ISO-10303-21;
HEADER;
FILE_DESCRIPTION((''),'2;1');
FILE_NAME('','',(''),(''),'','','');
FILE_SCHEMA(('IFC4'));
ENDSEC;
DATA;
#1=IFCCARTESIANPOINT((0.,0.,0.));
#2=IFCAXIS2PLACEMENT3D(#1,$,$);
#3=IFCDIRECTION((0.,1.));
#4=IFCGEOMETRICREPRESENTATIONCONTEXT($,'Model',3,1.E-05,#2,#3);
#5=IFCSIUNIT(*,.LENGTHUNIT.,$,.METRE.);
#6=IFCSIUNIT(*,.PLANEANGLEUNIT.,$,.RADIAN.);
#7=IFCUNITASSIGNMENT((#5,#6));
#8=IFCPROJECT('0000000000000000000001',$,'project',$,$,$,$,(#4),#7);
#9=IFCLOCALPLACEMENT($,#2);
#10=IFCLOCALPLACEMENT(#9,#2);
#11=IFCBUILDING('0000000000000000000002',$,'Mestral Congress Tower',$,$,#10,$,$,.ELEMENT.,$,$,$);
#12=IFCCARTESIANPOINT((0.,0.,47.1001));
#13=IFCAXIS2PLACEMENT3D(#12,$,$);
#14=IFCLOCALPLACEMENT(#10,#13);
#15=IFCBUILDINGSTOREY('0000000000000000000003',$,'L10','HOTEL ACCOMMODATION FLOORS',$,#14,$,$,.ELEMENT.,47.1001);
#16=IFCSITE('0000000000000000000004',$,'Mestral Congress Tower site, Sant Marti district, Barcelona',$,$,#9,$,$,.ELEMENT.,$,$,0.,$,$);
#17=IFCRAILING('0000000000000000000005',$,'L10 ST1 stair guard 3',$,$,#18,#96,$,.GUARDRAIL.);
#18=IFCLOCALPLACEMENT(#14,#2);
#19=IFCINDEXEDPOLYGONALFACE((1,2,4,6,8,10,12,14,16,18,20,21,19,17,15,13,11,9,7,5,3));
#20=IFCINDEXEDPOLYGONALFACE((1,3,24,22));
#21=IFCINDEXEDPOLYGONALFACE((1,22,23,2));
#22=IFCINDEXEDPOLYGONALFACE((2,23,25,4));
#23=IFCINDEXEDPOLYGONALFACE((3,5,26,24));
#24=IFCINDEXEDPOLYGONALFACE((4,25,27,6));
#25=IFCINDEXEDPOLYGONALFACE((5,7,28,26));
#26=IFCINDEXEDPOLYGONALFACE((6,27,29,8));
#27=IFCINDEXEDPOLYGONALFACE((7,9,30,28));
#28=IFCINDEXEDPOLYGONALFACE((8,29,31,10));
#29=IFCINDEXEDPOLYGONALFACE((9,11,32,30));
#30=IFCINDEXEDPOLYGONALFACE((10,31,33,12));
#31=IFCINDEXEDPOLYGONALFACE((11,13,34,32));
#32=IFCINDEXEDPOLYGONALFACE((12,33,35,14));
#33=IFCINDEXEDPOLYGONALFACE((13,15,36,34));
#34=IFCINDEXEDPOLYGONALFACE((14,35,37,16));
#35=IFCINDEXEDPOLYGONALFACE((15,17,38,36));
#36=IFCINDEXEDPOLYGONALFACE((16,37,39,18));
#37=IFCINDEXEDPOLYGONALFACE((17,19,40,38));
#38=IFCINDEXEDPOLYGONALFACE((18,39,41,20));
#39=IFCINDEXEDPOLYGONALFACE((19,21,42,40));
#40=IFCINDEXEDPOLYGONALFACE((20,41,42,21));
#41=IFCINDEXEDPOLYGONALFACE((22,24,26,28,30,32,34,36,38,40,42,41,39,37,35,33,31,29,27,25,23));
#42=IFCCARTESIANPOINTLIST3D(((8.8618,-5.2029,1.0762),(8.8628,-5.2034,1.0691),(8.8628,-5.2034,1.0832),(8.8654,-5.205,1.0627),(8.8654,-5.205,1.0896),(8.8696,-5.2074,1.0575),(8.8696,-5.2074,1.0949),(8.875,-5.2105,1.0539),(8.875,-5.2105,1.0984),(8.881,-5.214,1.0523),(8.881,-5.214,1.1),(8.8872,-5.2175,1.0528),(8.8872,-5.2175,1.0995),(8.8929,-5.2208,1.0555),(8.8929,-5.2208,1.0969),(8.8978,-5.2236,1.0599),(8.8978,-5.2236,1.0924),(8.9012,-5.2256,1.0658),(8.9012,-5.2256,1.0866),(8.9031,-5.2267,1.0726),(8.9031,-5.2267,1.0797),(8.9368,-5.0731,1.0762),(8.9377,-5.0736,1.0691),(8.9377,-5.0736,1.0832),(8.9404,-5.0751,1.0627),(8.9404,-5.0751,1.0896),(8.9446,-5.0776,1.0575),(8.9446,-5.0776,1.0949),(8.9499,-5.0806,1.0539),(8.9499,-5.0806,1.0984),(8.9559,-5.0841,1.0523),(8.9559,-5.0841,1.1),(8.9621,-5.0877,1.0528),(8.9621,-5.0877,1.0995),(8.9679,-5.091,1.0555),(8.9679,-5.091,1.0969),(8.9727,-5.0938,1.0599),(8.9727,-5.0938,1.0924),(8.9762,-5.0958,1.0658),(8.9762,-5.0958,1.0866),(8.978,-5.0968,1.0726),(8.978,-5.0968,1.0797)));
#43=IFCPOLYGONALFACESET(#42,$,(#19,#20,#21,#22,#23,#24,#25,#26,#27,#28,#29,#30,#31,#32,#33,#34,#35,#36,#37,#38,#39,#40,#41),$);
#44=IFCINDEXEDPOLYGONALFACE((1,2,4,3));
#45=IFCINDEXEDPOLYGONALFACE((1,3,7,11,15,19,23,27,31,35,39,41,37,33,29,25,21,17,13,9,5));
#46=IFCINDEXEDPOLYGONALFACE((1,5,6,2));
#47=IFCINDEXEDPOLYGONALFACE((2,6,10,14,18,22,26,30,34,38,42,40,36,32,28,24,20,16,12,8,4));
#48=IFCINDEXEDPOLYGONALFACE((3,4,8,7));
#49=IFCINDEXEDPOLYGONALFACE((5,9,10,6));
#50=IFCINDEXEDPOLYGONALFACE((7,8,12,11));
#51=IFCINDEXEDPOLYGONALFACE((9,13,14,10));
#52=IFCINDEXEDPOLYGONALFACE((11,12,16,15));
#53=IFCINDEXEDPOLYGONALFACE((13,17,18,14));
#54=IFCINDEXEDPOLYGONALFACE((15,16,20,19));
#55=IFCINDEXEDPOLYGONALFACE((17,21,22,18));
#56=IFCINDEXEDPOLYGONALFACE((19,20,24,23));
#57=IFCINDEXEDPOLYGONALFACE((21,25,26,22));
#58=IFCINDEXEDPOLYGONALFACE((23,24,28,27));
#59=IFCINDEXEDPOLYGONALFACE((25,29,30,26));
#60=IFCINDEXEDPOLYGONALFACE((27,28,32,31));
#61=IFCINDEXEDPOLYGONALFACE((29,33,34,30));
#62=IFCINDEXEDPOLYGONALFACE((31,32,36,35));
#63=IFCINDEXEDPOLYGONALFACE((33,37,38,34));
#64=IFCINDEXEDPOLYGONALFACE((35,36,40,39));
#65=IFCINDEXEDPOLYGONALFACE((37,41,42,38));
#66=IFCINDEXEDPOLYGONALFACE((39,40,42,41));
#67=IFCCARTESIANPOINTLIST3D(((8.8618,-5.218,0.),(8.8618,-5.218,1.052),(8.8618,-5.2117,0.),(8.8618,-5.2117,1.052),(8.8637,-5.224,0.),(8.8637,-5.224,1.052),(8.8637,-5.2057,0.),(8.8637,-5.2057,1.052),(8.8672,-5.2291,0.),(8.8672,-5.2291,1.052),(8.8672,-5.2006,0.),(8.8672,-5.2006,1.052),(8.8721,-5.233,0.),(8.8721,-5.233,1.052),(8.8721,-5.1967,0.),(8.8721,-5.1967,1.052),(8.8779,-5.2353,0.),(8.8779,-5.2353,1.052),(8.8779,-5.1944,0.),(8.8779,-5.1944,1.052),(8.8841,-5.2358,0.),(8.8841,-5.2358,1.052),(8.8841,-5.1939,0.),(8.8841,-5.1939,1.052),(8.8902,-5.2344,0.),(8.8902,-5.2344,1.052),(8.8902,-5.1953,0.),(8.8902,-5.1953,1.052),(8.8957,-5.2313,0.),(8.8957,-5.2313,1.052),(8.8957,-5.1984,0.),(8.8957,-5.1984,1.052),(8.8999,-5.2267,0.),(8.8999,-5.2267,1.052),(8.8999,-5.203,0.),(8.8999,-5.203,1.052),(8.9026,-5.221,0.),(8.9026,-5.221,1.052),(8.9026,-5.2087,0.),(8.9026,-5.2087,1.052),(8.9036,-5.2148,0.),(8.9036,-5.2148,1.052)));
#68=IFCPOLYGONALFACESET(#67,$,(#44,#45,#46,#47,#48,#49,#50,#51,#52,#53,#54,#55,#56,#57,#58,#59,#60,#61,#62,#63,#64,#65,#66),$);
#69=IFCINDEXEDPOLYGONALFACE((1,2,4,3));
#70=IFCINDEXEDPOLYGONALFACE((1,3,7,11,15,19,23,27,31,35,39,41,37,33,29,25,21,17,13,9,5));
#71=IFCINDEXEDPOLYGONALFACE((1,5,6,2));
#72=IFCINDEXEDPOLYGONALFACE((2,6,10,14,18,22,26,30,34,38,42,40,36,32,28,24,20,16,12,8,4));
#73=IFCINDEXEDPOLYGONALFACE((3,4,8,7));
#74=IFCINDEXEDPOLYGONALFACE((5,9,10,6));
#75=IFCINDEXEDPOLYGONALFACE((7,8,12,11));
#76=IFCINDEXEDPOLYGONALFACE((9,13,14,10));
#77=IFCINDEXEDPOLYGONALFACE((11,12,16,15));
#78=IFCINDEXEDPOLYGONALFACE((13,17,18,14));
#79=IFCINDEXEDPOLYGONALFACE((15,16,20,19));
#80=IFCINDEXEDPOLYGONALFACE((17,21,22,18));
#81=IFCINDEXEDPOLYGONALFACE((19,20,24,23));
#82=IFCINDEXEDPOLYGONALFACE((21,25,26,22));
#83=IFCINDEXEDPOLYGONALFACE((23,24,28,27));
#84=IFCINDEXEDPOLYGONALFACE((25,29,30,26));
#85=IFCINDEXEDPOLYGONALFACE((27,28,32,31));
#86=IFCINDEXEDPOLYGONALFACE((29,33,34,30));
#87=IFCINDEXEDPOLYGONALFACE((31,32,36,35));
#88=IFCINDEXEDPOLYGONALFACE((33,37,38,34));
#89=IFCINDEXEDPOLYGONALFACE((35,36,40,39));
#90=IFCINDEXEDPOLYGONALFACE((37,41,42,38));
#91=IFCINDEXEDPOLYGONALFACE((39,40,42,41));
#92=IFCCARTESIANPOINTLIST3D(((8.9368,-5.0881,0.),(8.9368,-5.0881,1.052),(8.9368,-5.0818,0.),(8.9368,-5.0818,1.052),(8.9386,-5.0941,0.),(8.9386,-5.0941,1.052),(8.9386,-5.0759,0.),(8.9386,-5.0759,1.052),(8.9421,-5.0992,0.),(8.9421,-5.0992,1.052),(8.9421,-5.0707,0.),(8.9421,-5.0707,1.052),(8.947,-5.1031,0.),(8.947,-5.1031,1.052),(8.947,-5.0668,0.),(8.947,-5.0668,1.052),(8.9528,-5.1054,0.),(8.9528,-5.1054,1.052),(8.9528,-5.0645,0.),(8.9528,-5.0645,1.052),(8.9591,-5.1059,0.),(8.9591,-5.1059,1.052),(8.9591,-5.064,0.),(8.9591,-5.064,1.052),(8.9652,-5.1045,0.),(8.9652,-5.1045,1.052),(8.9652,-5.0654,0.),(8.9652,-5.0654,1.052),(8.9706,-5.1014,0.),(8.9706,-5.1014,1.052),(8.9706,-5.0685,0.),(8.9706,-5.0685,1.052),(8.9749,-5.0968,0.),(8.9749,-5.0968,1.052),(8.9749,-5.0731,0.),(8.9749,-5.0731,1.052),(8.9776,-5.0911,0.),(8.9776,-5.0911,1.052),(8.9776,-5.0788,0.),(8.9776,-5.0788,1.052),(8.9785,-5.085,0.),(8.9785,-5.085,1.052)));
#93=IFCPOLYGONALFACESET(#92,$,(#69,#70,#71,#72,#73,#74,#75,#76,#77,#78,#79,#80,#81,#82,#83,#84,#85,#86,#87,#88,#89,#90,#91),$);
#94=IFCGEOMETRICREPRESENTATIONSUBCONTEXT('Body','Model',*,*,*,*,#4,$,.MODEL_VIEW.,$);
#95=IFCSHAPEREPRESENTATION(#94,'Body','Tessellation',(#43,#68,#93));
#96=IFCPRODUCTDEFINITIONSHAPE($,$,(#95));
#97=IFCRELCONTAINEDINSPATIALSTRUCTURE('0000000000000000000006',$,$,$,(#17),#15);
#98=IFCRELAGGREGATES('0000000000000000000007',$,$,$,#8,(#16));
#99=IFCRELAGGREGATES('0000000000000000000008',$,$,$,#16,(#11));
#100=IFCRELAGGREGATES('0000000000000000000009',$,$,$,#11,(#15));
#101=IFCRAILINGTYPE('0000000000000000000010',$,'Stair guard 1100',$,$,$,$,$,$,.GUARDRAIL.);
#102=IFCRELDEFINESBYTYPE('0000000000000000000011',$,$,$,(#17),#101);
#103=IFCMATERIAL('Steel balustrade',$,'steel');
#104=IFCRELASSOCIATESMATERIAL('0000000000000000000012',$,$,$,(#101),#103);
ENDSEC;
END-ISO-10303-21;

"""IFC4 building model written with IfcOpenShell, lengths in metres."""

from ifc_helpers import new_model, si_unit, direction, frame, origin, origin_2d, place, context, subcontext, project, spatial, circle, extrude, material, type_object, element, save


model = new_model("IFC4")

# Units and contexts
model_context = context("Model", 3, precision=1e-05, world=origin(), true_north=direction((0.0, 1.0)))
body_context = subcontext(model_context, "Body", "Model", "MODEL_VIEW")
ifc_project = project(units=[si_unit("LENGTHUNIT", "METRE"), si_unit("PLANEANGLEUNIT", "RADIAN")], contexts=[model_context])

# Site, building, storey
site_placement = place(None, origin())
site = spatial("IfcSite", under=ifc_project, at=site_placement, Name="Mestral Congress Tower site, Sant Marti district, Barcelona", CompositionType="ELEMENT", RefElevation=0.0)
building_placement = place(site_placement, origin())
building = spatial("IfcBuilding", under=site, at=building_placement, Name="Mestral Congress Tower", CompositionType="ELEMENT")
storey_placement = place(building_placement, frame((0.0, 0.0, 47.1001)))
storey = spatial("IfcBuildingStorey", under=building, at=storey_placement, Name="L10", Description="HOTEL ACCOMMODATION FLOORS", CompositionType="ELEMENT", Elevation=47.1001)

# Railing
ifc_material_1 = material(Name="Steel balustrade", Category="steel")
railing_type_1 = type_object("IfcRailingType", Name="Stair guard 1100", PredefinedType="GUARDRAIL", material=ifc_material_1)
railing_1_placement = place(storey_placement, frame((8.8826, -5.2148, 0.0)))
element("IfcRailing", 1, at=railing_1_placement, inside=storey, type_object=railing_type_1, Name="L10 ST1 stair guard 3", PredefinedType="GUARDRAIL", context=body_context, shape_type="SweptSolid", body=[
    extrude(circle(Radius=0.0239, at=origin_2d()), frame((0.0, 0.0, 1.0762), z_axis=(0.499816, 0.866131, 0.0), x_axis=(-0.866131, 0.499816, 0.0)), (0.0, 0.0, 1.0), 0.1499),
    extrude(circle(Radius=0.021, at=origin_2d()), origin(), (0.0, 0.0, 1.0), 1.052),
    extrude(circle(Radius=0.021, at=origin_2d()), frame((0.075, 0.1299, 0.0)), (0.0, 0.0, 1.0), 1.052),
])

save(model, "model.ifc")
